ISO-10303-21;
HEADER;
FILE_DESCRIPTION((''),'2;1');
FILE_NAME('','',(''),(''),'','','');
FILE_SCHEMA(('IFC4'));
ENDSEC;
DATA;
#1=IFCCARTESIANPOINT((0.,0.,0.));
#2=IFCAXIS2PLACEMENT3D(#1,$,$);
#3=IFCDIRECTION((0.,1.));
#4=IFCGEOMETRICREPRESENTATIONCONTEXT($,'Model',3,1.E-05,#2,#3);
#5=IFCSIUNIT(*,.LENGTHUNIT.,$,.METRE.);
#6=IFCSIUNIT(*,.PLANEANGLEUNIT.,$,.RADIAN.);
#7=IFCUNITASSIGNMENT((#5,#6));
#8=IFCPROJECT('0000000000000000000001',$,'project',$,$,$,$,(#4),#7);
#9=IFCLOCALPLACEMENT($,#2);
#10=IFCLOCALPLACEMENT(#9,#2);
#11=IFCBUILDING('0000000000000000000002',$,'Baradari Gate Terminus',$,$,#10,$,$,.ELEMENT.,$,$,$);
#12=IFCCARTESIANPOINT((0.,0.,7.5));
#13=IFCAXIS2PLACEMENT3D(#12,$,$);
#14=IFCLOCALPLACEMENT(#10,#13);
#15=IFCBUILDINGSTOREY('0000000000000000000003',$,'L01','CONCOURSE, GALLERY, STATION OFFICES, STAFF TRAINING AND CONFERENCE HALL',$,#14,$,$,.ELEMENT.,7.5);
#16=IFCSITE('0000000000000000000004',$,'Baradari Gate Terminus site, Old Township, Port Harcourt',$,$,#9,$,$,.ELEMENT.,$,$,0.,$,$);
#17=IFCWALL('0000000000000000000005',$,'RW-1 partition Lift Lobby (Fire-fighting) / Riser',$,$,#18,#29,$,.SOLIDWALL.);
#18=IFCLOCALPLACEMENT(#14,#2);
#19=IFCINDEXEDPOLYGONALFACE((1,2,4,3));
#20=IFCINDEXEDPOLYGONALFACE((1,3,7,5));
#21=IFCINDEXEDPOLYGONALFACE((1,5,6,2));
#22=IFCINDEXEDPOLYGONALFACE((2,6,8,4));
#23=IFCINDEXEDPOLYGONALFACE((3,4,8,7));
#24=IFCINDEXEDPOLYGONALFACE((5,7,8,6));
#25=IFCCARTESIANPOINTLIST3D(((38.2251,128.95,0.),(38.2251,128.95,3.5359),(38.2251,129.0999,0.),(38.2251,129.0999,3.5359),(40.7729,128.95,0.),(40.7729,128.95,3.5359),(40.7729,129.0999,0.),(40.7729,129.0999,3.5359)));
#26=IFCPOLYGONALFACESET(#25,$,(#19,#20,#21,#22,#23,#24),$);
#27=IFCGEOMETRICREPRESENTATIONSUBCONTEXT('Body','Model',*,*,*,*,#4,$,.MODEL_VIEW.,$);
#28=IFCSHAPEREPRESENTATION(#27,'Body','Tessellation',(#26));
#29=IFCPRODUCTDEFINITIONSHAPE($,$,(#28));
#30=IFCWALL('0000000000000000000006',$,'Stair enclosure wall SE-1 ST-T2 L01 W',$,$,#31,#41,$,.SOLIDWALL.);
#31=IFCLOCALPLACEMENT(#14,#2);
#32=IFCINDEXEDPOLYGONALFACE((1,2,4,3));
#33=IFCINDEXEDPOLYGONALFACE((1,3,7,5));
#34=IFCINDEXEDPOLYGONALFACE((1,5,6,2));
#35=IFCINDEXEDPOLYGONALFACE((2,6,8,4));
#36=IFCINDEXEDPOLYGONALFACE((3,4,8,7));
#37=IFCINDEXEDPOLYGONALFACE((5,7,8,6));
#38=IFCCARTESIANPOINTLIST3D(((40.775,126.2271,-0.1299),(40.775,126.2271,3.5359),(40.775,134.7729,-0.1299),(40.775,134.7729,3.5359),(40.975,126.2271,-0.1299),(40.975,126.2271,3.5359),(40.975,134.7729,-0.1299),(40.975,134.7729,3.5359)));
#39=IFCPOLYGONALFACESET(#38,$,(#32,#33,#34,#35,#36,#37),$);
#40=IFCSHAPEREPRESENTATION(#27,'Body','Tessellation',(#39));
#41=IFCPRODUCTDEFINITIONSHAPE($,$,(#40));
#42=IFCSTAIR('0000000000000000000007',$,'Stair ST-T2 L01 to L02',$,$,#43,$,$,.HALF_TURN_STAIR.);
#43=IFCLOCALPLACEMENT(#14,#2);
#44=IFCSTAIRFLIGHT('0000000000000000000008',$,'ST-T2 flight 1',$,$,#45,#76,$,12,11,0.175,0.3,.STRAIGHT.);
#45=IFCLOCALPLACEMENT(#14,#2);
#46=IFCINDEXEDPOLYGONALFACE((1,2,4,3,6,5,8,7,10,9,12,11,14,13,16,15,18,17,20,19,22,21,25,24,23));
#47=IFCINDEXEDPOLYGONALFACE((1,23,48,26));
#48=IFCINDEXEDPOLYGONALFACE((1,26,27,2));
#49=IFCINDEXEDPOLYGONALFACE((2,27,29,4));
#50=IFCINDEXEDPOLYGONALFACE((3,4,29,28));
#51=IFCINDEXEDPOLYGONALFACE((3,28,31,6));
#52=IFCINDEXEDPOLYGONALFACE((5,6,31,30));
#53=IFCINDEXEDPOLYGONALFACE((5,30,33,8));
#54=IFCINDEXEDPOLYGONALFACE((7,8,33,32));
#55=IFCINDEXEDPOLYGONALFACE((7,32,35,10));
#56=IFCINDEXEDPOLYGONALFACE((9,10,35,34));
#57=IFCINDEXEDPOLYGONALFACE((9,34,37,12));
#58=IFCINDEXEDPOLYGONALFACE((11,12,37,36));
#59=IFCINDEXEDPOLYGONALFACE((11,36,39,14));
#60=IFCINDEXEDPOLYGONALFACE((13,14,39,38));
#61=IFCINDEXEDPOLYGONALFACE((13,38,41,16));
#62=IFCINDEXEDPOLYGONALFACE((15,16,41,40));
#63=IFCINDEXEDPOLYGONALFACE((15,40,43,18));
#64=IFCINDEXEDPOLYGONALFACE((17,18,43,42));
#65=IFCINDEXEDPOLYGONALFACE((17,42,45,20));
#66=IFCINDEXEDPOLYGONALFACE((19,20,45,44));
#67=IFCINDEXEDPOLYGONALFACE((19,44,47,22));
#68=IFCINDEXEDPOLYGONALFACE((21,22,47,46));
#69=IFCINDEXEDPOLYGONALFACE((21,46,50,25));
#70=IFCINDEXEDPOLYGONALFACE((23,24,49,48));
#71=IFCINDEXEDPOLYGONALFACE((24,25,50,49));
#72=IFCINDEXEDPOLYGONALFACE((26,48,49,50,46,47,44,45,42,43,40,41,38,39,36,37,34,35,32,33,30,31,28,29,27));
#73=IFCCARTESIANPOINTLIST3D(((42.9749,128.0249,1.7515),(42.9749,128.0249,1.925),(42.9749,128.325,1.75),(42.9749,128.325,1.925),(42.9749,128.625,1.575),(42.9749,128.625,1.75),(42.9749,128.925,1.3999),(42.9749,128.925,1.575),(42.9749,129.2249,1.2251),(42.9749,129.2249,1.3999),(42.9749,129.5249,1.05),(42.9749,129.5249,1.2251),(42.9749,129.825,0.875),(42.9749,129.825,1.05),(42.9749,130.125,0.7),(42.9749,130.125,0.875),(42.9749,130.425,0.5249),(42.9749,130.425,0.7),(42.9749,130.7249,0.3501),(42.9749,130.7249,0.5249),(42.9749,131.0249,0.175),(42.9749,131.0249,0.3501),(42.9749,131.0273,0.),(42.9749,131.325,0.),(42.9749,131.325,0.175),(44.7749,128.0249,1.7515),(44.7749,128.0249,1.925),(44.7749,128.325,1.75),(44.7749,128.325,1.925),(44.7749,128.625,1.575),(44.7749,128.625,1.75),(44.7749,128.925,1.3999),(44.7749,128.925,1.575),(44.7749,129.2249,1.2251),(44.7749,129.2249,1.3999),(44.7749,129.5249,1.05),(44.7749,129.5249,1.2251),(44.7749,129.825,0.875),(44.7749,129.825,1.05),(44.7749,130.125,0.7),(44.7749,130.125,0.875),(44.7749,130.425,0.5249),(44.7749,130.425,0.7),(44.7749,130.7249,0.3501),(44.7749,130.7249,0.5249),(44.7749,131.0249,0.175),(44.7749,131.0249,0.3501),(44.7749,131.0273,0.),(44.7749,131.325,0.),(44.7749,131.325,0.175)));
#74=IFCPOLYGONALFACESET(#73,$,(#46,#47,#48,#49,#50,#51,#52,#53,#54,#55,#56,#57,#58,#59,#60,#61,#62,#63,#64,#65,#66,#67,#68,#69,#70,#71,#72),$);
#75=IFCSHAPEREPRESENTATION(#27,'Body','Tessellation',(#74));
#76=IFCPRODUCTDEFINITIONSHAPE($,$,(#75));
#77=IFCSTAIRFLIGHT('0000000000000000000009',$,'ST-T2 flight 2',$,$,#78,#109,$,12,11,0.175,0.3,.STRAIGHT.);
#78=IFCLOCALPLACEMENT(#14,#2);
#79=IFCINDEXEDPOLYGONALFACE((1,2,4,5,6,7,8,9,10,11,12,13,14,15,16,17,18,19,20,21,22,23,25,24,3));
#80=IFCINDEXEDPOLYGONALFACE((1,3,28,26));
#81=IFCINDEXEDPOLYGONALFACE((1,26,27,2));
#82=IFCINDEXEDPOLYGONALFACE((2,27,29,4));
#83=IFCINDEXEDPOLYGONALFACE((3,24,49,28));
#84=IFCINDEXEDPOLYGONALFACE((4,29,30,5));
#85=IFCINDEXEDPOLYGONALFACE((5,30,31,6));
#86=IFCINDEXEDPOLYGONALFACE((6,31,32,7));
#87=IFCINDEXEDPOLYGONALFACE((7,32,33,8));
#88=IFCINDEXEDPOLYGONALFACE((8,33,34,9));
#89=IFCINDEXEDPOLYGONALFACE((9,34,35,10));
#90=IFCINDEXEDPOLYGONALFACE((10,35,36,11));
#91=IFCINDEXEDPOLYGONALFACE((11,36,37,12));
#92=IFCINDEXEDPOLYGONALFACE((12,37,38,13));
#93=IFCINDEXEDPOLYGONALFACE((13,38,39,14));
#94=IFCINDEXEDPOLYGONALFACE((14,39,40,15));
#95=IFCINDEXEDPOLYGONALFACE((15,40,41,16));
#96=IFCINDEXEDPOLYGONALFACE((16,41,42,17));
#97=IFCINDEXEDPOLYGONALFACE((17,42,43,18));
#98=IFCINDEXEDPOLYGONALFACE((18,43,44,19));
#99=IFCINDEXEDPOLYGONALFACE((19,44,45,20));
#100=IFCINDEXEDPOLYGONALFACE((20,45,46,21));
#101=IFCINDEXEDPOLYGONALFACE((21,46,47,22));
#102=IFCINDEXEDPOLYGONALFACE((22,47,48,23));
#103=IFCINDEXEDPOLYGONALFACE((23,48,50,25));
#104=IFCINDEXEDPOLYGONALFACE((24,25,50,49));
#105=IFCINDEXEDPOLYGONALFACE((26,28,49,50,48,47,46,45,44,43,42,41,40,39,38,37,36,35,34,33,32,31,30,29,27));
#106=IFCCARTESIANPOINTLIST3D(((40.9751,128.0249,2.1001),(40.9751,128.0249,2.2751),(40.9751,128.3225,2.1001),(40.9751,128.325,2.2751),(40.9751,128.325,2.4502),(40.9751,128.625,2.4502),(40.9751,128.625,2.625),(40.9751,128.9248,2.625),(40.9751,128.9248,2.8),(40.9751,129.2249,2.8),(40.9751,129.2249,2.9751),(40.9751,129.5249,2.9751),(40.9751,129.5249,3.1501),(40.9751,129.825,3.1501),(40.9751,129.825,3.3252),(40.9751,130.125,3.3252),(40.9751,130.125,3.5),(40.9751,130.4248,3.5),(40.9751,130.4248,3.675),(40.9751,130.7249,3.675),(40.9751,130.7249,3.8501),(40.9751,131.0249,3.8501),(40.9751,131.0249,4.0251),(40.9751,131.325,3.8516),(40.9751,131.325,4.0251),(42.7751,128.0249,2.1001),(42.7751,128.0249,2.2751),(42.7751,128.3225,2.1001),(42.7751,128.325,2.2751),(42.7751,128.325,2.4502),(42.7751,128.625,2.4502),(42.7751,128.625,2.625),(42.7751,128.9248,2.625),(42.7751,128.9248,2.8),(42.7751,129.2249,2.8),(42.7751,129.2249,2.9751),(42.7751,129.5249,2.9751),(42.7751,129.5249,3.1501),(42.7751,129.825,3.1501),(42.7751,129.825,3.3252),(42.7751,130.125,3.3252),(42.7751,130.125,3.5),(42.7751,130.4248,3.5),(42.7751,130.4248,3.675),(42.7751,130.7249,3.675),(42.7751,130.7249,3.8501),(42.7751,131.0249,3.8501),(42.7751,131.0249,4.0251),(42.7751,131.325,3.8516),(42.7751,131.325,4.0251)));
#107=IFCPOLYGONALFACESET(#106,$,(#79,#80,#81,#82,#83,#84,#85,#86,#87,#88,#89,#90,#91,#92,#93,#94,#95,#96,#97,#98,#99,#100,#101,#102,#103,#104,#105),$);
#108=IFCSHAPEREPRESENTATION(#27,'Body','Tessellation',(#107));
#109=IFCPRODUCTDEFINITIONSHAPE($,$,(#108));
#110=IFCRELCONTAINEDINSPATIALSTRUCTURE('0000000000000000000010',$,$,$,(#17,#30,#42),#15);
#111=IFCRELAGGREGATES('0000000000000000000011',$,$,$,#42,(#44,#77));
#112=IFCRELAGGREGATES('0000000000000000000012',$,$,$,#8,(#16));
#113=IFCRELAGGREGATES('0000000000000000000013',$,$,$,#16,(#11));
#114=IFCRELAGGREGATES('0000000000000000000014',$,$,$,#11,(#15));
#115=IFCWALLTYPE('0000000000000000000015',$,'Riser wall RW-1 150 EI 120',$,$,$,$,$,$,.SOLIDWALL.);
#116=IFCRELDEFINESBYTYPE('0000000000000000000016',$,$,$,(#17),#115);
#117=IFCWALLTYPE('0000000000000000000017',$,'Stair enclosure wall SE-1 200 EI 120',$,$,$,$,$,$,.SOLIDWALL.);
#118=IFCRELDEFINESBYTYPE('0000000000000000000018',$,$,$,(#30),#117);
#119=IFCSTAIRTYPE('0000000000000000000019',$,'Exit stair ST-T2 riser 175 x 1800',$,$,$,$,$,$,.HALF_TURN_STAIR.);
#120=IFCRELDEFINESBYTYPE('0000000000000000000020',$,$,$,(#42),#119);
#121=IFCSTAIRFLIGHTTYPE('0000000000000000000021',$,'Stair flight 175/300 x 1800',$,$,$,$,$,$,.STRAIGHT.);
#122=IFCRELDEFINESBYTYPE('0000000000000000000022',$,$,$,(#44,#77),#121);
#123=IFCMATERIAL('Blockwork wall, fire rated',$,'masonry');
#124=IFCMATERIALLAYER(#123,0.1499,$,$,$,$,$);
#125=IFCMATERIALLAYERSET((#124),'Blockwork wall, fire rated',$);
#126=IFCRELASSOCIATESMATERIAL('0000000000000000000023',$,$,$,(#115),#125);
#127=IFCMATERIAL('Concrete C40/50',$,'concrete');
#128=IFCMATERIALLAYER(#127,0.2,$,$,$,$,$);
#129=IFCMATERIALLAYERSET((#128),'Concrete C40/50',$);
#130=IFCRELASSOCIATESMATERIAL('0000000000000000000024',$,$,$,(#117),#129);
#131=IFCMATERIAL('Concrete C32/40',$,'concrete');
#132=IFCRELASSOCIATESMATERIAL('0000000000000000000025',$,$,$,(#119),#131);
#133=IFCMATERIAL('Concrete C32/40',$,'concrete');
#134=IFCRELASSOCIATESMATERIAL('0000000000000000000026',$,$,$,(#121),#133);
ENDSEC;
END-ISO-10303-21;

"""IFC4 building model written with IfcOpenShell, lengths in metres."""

from ifc_helpers import new_model, si_unit, direction, frame, frame_2d, origin, place, context, subcontext, project, spatial, polyline, rectangle, outline, extrude, material, layer, layer_set, type_object, element, aggregate, save


model = new_model("IFC4")

# Units and contexts
model_context = context("Model", 3, precision=1e-05, world=origin(), true_north=direction((0.0, 1.0)))
body_context = subcontext(model_context, "Body", "Model", "MODEL_VIEW")
ifc_project = project(units=[si_unit("LENGTHUNIT", "METRE"), si_unit("PLANEANGLEUNIT", "RADIAN")], contexts=[model_context])

# Site, building, storey
site_placement = place(None, origin())
site = spatial("IfcSite", under=ifc_project, at=site_placement, Name="Baradari Gate Terminus site, Old Township, Port Harcourt", CompositionType="ELEMENT", RefElevation=0.0)
building_placement = place(site_placement, origin())
building = spatial("IfcBuilding", under=site, at=building_placement, Name="Baradari Gate Terminus", CompositionType="ELEMENT")
storey_placement = place(building_placement, frame((0.0, 0.0, 7.5)))
storey = spatial("IfcBuildingStorey", under=building, at=storey_placement, Name="L01", Description="CONCOURSE, GALLERY, STATION OFFICES, STAFF TRAINING AND CONFERENCE HALL", CompositionType="ELEMENT", Elevation=7.5)

# Walls
ifc_material_1 = material(Name="Blockwork wall, fire rated", Category="masonry")
ifc_layer_1 = layer(ifc_material_1, 0.1499)
ifc_layer_set_1 = layer_set([ifc_layer_1], Name="Blockwork wall, fire rated")
wall_type_1 = type_object("IfcWallType", Name="Riser wall RW-1 150 EI 120", PredefinedType="SOLIDWALL", material=ifc_layer_set_1)
wall_1_placement = place(storey_placement, frame((40.7729, 129.0249, 0.0), z_axis=(0.0, 0.0, 1.0), x_axis=(-1.0, 0.0, 0.0)))
element("IfcWall", 1, at=wall_1_placement, inside=storey, type_object=wall_type_1, Name="RW-1 partition Lift Lobby (Fire-fighting) / Riser", PredefinedType="SOLIDWALL", context=body_context, shape_type="SweptSolid", body=[
    extrude(rectangle(XDim=2.5479, YDim=0.1499, at=frame_2d((1.2739, 0.0))), origin(), (0.0, 0.0, 1.0), 3.5359),
])
ifc_material_2 = material(Name="Concrete C40/50", Category="concrete")
ifc_layer_2 = layer(ifc_material_2, 0.2)
ifc_layer_set_2 = layer_set([ifc_layer_2], Name="Concrete C40/50")
wall_type_2 = type_object("IfcWallType", Name="Stair enclosure wall SE-1 200 EI 120", PredefinedType="SOLIDWALL", material=ifc_layer_set_2)
wall_2_placement = place(storey_placement, frame((40.875, 126.2271, -0.1299), z_axis=(0.0, 0.0, 1.0), x_axis=(0.0, 1.0, 0.0)))
element("IfcWall", 2, at=wall_2_placement, inside=storey, type_object=wall_type_2, Name="Stair enclosure wall SE-1 ST-T2 L01 W", PredefinedType="SOLIDWALL", context=body_context, shape_type="SweptSolid", body=[
    extrude(rectangle(XDim=8.5459, YDim=0.2, at=frame_2d((4.2729, 0.0))), origin(), (0.0, 0.0, 1.0), 3.6658),
])

# Stair, stair flights
ifc_material_3 = material(Name="Concrete C32/40", Category="concrete")
stair_type = type_object("IfcStairType", Name="Exit stair ST-T2 riser 175 x 1800", PredefinedType="HALF_TURN_STAIR", material=ifc_material_3)
stair_placement = place(storey_placement, origin())
stair = element("IfcStair", 3, at=stair_placement, inside=storey, type_object=stair_type, Name="Stair ST-T2 L01 to L02", PredefinedType="HALF_TURN_STAIR")
ifc_material_4 = material(Name="Concrete C32/40", Category="concrete")
stair_flight_type = type_object("IfcStairFlightType", Name="Stair flight 175/300 x 1800", PredefinedType="STRAIGHT", material=ifc_material_4)
stair_flight_1_placement = place(storey_placement, frame((43.875, 131.325, 0.0), z_axis=(0.0, 0.0, 1.0), x_axis=(0.0, -1.0, 0.0)))
stair_flight_1 = element("IfcStairFlight", 4, at=stair_flight_1_placement, type_object=stair_flight_type, Name="ST-T2 flight 1", NumberOfRisers=12, NumberOfTreads=11, PredefinedType="STRAIGHT", RiserHeight=0.175, TreadLength=0.3, context=body_context, shape_type="SweptSolid", body=[
    extrude(outline(polyline([(0.0, 0.0), (0.0, 0.175), (0.3, 0.175), (0.3, 0.3501), (0.6001, 0.3501), (0.6001, 0.5249), (0.8999, 0.5249), (0.8999, 0.7), (1.2, 0.7), (1.2, 0.875), (1.5, 0.875), (1.5, 1.05), (1.8, 1.05), (1.8, 1.2251), (2.1001, 1.2251), (2.1001, 1.3999), (2.3999, 1.3999), (2.3999, 1.575), (2.7, 1.575), (2.7, 1.75), (3.0, 1.75), (3.0, 1.925), (3.3, 1.925), (3.3, 2.1001), (3.3, 1.7515), (0.2976, 0.0), (0.0, 0.0)])), frame((0.0, 0.8999, 0.0), z_axis=(0.0, -1.0, 0.0), x_axis=(1.0, 0.0, 0.0)), (0.0, 0.0, 1.0), 1.8),
])
stair_flight_2_placement = place(storey_placement, frame((41.875, 128.0249, 2.1001), z_axis=(0.0, 0.0, 1.0), x_axis=(0.0, 1.0, 0.0)))
stair_flight_2 = element("IfcStairFlight", 5, at=stair_flight_2_placement, type_object=stair_flight_type, Name="ST-T2 flight 2", NumberOfRisers=12, NumberOfTreads=11, PredefinedType="STRAIGHT", RiserHeight=0.175, TreadLength=0.3, context=body_context, shape_type="SweptSolid", body=[
    extrude(outline(polyline([(0.0, 0.0), (0.0, 0.175), (0.3, 0.175), (0.3, 0.3501), (0.6001, 0.3501), (0.6001, 0.5249), (0.8999, 0.5249), (0.8999, 0.7), (1.2, 0.7), (1.2, 0.875), (1.5, 0.875), (1.5, 1.05), (1.8, 1.05), (1.8, 1.2251), (2.1001, 1.2251), (2.1001, 1.3999), (2.3999, 1.3999), (2.3999, 1.575), (2.7, 1.575), (2.7, 1.75), (3.0, 1.75), (3.0, 1.925), (3.3, 1.925), (3.3, 2.1001), (3.3, 1.7515), (0.2976, 0.0), (0.0, 0.0)])), frame((0.0, 0.8999, 0.0), z_axis=(0.0, -1.0, 0.0), x_axis=(1.0, 0.0, 0.0)), (0.0, 0.0, 1.0), 1.8),
])
aggregate(stair, [stair_flight_1, stair_flight_2])

save(model, "model.ifc")
